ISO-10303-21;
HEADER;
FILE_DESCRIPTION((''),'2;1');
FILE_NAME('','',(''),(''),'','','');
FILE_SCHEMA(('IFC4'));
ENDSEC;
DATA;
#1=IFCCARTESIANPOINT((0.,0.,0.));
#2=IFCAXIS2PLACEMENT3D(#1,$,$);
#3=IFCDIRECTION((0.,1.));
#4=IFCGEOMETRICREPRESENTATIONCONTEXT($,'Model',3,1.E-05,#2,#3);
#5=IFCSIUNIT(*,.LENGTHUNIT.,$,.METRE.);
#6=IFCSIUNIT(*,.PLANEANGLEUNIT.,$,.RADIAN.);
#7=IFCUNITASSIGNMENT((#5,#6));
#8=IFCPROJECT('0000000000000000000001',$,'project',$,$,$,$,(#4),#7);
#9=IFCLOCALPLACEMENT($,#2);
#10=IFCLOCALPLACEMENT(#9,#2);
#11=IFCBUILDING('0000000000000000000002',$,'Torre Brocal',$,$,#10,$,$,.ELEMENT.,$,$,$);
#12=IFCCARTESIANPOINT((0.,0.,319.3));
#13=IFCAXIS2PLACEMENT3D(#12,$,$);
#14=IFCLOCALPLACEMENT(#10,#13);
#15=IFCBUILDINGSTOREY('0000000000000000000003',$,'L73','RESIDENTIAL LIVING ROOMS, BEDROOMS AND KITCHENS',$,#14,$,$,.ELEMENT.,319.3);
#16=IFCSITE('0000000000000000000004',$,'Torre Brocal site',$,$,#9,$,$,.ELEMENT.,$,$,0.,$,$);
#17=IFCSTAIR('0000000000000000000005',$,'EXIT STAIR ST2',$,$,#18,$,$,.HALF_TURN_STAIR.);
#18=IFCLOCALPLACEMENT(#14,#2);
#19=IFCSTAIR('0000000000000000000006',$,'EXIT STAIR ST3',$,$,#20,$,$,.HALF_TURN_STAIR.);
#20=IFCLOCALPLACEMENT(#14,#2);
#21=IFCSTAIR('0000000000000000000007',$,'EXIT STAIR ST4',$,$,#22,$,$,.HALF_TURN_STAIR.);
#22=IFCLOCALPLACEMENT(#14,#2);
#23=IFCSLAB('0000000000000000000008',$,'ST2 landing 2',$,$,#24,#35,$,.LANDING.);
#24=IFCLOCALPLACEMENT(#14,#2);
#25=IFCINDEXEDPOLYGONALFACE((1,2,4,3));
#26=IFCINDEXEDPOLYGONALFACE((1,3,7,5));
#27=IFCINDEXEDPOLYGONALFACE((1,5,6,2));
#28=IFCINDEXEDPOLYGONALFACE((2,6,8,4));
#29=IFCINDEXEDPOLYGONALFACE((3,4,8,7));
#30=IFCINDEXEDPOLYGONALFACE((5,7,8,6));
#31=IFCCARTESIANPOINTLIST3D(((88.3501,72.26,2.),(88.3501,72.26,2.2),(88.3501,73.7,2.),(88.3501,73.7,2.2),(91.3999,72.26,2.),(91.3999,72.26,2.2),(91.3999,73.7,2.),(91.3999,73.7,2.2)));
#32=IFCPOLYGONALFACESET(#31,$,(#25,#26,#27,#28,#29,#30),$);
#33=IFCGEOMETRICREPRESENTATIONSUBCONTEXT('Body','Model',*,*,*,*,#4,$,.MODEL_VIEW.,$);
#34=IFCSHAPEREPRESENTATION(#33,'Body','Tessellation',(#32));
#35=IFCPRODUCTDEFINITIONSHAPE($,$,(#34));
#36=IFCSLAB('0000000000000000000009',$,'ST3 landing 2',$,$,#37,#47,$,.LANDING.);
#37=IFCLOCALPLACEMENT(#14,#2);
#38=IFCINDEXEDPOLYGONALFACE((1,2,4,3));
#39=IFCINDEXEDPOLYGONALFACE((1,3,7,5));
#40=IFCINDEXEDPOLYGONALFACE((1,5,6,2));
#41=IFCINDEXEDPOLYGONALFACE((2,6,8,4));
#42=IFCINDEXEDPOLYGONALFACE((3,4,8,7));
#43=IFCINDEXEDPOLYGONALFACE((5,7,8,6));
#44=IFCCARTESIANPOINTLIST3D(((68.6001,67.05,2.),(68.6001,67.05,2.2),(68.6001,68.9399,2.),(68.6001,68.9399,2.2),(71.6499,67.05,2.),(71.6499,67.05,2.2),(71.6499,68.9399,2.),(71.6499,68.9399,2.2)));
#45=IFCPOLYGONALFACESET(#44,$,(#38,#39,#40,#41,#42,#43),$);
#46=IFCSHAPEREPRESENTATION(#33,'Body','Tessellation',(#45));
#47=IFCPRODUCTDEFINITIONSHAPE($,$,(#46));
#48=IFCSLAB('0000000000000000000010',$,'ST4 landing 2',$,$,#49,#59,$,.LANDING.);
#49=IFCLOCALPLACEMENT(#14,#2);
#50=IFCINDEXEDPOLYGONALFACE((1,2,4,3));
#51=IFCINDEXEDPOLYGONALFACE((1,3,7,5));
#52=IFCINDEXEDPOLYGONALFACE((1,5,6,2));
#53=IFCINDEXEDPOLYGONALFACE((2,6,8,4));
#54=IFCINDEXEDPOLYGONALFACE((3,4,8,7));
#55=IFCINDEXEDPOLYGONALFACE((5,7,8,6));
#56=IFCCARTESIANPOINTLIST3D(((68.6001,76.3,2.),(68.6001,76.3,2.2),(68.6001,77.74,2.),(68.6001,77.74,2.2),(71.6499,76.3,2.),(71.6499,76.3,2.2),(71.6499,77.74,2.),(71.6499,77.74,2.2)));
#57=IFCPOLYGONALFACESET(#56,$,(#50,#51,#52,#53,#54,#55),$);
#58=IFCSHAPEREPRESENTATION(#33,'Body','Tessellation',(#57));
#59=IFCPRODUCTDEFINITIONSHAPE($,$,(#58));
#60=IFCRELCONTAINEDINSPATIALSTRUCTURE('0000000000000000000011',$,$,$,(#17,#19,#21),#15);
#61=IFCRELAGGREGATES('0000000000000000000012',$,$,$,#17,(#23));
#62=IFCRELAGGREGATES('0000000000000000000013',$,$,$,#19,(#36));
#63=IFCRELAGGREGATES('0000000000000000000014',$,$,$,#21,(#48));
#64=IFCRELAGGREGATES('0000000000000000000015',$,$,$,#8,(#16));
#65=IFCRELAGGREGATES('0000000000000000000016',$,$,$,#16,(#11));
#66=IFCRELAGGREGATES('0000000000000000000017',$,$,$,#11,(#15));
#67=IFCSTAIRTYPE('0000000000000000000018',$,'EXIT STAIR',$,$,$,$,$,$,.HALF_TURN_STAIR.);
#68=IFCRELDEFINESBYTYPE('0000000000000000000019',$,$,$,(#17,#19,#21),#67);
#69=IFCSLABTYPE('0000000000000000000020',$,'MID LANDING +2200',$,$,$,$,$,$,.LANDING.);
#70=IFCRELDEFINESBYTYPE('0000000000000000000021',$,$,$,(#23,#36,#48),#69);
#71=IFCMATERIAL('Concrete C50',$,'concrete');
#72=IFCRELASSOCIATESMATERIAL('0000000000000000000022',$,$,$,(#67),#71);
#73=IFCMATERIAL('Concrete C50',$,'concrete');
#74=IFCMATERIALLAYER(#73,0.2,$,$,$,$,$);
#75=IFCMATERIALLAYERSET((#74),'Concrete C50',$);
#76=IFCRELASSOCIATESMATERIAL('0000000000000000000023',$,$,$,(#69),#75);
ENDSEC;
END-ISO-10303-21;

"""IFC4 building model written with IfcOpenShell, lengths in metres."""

from ifc_helpers import new_model, si_unit, direction, frame, origin, place, context, subcontext, project, spatial, polyline, outline, extrude, material, layer, layer_set, type_object, element, aggregate, save


model = new_model("IFC4")

# Units and contexts
model_context = context("Model", 3, precision=1e-05, world=origin(), true_north=direction((0.0, 1.0)))
body_context = subcontext(model_context, "Body", "Model", "MODEL_VIEW")
ifc_project = project(units=[si_unit("LENGTHUNIT", "METRE"), si_unit("PLANEANGLEUNIT", "RADIAN")], contexts=[model_context])

# Site, building, storey
site_placement = place(None, origin())
site = spatial("IfcSite", under=ifc_project, at=site_placement, Name="Torre Brocal site", CompositionType="ELEMENT", RefElevation=0.0)
building_placement = place(site_placement, origin())
building = spatial("IfcBuilding", under=site, at=building_placement, Name="Torre Brocal", CompositionType="ELEMENT")
storey_placement = place(building_placement, frame((0.0, 0.0, 319.3)))
storey = spatial("IfcBuildingStorey", under=building, at=storey_placement, Name="L73", Description="RESIDENTIAL LIVING ROOMS, BEDROOMS AND KITCHENS", CompositionType="ELEMENT", Elevation=319.3)

# Stairs
ifc_material_1 = material(Name="Concrete C50", Category="concrete")
stair_type = type_object("IfcStairType", Name="EXIT STAIR", PredefinedType="HALF_TURN_STAIR", material=ifc_material_1)
stair_1_placement = place(storey_placement, origin())
stair_1 = element("IfcStair", 1, at=stair_1_placement, inside=storey, type_object=stair_type, Name="EXIT STAIR ST2", PredefinedType="HALF_TURN_STAIR")
stair_2_placement = place(storey_placement, origin())
stair_2 = element("IfcStair", 2, at=stair_2_placement, inside=storey, type_object=stair_type, Name="EXIT STAIR ST3", PredefinedType="HALF_TURN_STAIR")
stair_3_placement = place(storey_placement, origin())
stair_3 = element("IfcStair", 3, at=stair_3_placement, inside=storey, type_object=stair_type, Name="EXIT STAIR ST4", PredefinedType="HALF_TURN_STAIR")

# Slabs
ifc_material_2 = material(Name="Concrete C50", Category="concrete")
ifc_layer_1 = layer(ifc_material_2, 0.2)
ifc_layer_set_1 = layer_set([ifc_layer_1], Name="Concrete C50")
slab_type_1 = type_object("IfcSlabType", Name="MID LANDING +2200", PredefinedType="LANDING", material=ifc_layer_set_1)
slab_1_placement = place(storey_placement, frame((0.0, 0.0, 2.0)))
slab_1 = element("IfcSlab", 4, at=slab_1_placement, type_object=slab_type_1, Name="ST2 landing 2", PredefinedType="LANDING", context=body_context, shape_type="SweptSolid", body=[
    extrude(outline(polyline([(88.3501, 72.26), (91.3999, 72.26), (91.3999, 73.7), (88.3501, 73.7), (88.3501, 72.26)])), origin(), (0.0, 0.0, 1.0), 0.2),
])
aggregate(stair_1, [slab_1])
slab_2_placement = place(storey_placement, frame((0.0, 0.0, 2.0)))
slab_2 = element("IfcSlab", 5, at=slab_2_placement, type_object=slab_type_1, Name="ST3 landing 2", PredefinedType="LANDING", context=body_context, shape_type="SweptSolid", body=[
    extrude(outline(polyline([(71.6499, 68.9399), (68.6001, 68.9399), (68.6001, 67.05), (71.6499, 67.05), (71.6499, 68.9399)])), origin(), (0.0, 0.0, 1.0), 0.2),
])
aggregate(stair_2, [slab_2])
slab_3_placement = place(storey_placement, frame((0.0, 0.0, 2.0)))
slab_3 = element("IfcSlab", 6, at=slab_3_placement, type_object=slab_type_1, Name="ST4 landing 2", PredefinedType="LANDING", context=body_context, shape_type="SweptSolid", body=[
    extrude(outline(polyline([(71.6499, 77.74), (68.6001, 77.74), (68.6001, 76.3), (71.6499, 76.3), (71.6499, 77.74)])), origin(), (0.0, 0.0, 1.0), 0.2),
])
aggregate(stair_3, [slab_3])

save(model, "model.ifc")
